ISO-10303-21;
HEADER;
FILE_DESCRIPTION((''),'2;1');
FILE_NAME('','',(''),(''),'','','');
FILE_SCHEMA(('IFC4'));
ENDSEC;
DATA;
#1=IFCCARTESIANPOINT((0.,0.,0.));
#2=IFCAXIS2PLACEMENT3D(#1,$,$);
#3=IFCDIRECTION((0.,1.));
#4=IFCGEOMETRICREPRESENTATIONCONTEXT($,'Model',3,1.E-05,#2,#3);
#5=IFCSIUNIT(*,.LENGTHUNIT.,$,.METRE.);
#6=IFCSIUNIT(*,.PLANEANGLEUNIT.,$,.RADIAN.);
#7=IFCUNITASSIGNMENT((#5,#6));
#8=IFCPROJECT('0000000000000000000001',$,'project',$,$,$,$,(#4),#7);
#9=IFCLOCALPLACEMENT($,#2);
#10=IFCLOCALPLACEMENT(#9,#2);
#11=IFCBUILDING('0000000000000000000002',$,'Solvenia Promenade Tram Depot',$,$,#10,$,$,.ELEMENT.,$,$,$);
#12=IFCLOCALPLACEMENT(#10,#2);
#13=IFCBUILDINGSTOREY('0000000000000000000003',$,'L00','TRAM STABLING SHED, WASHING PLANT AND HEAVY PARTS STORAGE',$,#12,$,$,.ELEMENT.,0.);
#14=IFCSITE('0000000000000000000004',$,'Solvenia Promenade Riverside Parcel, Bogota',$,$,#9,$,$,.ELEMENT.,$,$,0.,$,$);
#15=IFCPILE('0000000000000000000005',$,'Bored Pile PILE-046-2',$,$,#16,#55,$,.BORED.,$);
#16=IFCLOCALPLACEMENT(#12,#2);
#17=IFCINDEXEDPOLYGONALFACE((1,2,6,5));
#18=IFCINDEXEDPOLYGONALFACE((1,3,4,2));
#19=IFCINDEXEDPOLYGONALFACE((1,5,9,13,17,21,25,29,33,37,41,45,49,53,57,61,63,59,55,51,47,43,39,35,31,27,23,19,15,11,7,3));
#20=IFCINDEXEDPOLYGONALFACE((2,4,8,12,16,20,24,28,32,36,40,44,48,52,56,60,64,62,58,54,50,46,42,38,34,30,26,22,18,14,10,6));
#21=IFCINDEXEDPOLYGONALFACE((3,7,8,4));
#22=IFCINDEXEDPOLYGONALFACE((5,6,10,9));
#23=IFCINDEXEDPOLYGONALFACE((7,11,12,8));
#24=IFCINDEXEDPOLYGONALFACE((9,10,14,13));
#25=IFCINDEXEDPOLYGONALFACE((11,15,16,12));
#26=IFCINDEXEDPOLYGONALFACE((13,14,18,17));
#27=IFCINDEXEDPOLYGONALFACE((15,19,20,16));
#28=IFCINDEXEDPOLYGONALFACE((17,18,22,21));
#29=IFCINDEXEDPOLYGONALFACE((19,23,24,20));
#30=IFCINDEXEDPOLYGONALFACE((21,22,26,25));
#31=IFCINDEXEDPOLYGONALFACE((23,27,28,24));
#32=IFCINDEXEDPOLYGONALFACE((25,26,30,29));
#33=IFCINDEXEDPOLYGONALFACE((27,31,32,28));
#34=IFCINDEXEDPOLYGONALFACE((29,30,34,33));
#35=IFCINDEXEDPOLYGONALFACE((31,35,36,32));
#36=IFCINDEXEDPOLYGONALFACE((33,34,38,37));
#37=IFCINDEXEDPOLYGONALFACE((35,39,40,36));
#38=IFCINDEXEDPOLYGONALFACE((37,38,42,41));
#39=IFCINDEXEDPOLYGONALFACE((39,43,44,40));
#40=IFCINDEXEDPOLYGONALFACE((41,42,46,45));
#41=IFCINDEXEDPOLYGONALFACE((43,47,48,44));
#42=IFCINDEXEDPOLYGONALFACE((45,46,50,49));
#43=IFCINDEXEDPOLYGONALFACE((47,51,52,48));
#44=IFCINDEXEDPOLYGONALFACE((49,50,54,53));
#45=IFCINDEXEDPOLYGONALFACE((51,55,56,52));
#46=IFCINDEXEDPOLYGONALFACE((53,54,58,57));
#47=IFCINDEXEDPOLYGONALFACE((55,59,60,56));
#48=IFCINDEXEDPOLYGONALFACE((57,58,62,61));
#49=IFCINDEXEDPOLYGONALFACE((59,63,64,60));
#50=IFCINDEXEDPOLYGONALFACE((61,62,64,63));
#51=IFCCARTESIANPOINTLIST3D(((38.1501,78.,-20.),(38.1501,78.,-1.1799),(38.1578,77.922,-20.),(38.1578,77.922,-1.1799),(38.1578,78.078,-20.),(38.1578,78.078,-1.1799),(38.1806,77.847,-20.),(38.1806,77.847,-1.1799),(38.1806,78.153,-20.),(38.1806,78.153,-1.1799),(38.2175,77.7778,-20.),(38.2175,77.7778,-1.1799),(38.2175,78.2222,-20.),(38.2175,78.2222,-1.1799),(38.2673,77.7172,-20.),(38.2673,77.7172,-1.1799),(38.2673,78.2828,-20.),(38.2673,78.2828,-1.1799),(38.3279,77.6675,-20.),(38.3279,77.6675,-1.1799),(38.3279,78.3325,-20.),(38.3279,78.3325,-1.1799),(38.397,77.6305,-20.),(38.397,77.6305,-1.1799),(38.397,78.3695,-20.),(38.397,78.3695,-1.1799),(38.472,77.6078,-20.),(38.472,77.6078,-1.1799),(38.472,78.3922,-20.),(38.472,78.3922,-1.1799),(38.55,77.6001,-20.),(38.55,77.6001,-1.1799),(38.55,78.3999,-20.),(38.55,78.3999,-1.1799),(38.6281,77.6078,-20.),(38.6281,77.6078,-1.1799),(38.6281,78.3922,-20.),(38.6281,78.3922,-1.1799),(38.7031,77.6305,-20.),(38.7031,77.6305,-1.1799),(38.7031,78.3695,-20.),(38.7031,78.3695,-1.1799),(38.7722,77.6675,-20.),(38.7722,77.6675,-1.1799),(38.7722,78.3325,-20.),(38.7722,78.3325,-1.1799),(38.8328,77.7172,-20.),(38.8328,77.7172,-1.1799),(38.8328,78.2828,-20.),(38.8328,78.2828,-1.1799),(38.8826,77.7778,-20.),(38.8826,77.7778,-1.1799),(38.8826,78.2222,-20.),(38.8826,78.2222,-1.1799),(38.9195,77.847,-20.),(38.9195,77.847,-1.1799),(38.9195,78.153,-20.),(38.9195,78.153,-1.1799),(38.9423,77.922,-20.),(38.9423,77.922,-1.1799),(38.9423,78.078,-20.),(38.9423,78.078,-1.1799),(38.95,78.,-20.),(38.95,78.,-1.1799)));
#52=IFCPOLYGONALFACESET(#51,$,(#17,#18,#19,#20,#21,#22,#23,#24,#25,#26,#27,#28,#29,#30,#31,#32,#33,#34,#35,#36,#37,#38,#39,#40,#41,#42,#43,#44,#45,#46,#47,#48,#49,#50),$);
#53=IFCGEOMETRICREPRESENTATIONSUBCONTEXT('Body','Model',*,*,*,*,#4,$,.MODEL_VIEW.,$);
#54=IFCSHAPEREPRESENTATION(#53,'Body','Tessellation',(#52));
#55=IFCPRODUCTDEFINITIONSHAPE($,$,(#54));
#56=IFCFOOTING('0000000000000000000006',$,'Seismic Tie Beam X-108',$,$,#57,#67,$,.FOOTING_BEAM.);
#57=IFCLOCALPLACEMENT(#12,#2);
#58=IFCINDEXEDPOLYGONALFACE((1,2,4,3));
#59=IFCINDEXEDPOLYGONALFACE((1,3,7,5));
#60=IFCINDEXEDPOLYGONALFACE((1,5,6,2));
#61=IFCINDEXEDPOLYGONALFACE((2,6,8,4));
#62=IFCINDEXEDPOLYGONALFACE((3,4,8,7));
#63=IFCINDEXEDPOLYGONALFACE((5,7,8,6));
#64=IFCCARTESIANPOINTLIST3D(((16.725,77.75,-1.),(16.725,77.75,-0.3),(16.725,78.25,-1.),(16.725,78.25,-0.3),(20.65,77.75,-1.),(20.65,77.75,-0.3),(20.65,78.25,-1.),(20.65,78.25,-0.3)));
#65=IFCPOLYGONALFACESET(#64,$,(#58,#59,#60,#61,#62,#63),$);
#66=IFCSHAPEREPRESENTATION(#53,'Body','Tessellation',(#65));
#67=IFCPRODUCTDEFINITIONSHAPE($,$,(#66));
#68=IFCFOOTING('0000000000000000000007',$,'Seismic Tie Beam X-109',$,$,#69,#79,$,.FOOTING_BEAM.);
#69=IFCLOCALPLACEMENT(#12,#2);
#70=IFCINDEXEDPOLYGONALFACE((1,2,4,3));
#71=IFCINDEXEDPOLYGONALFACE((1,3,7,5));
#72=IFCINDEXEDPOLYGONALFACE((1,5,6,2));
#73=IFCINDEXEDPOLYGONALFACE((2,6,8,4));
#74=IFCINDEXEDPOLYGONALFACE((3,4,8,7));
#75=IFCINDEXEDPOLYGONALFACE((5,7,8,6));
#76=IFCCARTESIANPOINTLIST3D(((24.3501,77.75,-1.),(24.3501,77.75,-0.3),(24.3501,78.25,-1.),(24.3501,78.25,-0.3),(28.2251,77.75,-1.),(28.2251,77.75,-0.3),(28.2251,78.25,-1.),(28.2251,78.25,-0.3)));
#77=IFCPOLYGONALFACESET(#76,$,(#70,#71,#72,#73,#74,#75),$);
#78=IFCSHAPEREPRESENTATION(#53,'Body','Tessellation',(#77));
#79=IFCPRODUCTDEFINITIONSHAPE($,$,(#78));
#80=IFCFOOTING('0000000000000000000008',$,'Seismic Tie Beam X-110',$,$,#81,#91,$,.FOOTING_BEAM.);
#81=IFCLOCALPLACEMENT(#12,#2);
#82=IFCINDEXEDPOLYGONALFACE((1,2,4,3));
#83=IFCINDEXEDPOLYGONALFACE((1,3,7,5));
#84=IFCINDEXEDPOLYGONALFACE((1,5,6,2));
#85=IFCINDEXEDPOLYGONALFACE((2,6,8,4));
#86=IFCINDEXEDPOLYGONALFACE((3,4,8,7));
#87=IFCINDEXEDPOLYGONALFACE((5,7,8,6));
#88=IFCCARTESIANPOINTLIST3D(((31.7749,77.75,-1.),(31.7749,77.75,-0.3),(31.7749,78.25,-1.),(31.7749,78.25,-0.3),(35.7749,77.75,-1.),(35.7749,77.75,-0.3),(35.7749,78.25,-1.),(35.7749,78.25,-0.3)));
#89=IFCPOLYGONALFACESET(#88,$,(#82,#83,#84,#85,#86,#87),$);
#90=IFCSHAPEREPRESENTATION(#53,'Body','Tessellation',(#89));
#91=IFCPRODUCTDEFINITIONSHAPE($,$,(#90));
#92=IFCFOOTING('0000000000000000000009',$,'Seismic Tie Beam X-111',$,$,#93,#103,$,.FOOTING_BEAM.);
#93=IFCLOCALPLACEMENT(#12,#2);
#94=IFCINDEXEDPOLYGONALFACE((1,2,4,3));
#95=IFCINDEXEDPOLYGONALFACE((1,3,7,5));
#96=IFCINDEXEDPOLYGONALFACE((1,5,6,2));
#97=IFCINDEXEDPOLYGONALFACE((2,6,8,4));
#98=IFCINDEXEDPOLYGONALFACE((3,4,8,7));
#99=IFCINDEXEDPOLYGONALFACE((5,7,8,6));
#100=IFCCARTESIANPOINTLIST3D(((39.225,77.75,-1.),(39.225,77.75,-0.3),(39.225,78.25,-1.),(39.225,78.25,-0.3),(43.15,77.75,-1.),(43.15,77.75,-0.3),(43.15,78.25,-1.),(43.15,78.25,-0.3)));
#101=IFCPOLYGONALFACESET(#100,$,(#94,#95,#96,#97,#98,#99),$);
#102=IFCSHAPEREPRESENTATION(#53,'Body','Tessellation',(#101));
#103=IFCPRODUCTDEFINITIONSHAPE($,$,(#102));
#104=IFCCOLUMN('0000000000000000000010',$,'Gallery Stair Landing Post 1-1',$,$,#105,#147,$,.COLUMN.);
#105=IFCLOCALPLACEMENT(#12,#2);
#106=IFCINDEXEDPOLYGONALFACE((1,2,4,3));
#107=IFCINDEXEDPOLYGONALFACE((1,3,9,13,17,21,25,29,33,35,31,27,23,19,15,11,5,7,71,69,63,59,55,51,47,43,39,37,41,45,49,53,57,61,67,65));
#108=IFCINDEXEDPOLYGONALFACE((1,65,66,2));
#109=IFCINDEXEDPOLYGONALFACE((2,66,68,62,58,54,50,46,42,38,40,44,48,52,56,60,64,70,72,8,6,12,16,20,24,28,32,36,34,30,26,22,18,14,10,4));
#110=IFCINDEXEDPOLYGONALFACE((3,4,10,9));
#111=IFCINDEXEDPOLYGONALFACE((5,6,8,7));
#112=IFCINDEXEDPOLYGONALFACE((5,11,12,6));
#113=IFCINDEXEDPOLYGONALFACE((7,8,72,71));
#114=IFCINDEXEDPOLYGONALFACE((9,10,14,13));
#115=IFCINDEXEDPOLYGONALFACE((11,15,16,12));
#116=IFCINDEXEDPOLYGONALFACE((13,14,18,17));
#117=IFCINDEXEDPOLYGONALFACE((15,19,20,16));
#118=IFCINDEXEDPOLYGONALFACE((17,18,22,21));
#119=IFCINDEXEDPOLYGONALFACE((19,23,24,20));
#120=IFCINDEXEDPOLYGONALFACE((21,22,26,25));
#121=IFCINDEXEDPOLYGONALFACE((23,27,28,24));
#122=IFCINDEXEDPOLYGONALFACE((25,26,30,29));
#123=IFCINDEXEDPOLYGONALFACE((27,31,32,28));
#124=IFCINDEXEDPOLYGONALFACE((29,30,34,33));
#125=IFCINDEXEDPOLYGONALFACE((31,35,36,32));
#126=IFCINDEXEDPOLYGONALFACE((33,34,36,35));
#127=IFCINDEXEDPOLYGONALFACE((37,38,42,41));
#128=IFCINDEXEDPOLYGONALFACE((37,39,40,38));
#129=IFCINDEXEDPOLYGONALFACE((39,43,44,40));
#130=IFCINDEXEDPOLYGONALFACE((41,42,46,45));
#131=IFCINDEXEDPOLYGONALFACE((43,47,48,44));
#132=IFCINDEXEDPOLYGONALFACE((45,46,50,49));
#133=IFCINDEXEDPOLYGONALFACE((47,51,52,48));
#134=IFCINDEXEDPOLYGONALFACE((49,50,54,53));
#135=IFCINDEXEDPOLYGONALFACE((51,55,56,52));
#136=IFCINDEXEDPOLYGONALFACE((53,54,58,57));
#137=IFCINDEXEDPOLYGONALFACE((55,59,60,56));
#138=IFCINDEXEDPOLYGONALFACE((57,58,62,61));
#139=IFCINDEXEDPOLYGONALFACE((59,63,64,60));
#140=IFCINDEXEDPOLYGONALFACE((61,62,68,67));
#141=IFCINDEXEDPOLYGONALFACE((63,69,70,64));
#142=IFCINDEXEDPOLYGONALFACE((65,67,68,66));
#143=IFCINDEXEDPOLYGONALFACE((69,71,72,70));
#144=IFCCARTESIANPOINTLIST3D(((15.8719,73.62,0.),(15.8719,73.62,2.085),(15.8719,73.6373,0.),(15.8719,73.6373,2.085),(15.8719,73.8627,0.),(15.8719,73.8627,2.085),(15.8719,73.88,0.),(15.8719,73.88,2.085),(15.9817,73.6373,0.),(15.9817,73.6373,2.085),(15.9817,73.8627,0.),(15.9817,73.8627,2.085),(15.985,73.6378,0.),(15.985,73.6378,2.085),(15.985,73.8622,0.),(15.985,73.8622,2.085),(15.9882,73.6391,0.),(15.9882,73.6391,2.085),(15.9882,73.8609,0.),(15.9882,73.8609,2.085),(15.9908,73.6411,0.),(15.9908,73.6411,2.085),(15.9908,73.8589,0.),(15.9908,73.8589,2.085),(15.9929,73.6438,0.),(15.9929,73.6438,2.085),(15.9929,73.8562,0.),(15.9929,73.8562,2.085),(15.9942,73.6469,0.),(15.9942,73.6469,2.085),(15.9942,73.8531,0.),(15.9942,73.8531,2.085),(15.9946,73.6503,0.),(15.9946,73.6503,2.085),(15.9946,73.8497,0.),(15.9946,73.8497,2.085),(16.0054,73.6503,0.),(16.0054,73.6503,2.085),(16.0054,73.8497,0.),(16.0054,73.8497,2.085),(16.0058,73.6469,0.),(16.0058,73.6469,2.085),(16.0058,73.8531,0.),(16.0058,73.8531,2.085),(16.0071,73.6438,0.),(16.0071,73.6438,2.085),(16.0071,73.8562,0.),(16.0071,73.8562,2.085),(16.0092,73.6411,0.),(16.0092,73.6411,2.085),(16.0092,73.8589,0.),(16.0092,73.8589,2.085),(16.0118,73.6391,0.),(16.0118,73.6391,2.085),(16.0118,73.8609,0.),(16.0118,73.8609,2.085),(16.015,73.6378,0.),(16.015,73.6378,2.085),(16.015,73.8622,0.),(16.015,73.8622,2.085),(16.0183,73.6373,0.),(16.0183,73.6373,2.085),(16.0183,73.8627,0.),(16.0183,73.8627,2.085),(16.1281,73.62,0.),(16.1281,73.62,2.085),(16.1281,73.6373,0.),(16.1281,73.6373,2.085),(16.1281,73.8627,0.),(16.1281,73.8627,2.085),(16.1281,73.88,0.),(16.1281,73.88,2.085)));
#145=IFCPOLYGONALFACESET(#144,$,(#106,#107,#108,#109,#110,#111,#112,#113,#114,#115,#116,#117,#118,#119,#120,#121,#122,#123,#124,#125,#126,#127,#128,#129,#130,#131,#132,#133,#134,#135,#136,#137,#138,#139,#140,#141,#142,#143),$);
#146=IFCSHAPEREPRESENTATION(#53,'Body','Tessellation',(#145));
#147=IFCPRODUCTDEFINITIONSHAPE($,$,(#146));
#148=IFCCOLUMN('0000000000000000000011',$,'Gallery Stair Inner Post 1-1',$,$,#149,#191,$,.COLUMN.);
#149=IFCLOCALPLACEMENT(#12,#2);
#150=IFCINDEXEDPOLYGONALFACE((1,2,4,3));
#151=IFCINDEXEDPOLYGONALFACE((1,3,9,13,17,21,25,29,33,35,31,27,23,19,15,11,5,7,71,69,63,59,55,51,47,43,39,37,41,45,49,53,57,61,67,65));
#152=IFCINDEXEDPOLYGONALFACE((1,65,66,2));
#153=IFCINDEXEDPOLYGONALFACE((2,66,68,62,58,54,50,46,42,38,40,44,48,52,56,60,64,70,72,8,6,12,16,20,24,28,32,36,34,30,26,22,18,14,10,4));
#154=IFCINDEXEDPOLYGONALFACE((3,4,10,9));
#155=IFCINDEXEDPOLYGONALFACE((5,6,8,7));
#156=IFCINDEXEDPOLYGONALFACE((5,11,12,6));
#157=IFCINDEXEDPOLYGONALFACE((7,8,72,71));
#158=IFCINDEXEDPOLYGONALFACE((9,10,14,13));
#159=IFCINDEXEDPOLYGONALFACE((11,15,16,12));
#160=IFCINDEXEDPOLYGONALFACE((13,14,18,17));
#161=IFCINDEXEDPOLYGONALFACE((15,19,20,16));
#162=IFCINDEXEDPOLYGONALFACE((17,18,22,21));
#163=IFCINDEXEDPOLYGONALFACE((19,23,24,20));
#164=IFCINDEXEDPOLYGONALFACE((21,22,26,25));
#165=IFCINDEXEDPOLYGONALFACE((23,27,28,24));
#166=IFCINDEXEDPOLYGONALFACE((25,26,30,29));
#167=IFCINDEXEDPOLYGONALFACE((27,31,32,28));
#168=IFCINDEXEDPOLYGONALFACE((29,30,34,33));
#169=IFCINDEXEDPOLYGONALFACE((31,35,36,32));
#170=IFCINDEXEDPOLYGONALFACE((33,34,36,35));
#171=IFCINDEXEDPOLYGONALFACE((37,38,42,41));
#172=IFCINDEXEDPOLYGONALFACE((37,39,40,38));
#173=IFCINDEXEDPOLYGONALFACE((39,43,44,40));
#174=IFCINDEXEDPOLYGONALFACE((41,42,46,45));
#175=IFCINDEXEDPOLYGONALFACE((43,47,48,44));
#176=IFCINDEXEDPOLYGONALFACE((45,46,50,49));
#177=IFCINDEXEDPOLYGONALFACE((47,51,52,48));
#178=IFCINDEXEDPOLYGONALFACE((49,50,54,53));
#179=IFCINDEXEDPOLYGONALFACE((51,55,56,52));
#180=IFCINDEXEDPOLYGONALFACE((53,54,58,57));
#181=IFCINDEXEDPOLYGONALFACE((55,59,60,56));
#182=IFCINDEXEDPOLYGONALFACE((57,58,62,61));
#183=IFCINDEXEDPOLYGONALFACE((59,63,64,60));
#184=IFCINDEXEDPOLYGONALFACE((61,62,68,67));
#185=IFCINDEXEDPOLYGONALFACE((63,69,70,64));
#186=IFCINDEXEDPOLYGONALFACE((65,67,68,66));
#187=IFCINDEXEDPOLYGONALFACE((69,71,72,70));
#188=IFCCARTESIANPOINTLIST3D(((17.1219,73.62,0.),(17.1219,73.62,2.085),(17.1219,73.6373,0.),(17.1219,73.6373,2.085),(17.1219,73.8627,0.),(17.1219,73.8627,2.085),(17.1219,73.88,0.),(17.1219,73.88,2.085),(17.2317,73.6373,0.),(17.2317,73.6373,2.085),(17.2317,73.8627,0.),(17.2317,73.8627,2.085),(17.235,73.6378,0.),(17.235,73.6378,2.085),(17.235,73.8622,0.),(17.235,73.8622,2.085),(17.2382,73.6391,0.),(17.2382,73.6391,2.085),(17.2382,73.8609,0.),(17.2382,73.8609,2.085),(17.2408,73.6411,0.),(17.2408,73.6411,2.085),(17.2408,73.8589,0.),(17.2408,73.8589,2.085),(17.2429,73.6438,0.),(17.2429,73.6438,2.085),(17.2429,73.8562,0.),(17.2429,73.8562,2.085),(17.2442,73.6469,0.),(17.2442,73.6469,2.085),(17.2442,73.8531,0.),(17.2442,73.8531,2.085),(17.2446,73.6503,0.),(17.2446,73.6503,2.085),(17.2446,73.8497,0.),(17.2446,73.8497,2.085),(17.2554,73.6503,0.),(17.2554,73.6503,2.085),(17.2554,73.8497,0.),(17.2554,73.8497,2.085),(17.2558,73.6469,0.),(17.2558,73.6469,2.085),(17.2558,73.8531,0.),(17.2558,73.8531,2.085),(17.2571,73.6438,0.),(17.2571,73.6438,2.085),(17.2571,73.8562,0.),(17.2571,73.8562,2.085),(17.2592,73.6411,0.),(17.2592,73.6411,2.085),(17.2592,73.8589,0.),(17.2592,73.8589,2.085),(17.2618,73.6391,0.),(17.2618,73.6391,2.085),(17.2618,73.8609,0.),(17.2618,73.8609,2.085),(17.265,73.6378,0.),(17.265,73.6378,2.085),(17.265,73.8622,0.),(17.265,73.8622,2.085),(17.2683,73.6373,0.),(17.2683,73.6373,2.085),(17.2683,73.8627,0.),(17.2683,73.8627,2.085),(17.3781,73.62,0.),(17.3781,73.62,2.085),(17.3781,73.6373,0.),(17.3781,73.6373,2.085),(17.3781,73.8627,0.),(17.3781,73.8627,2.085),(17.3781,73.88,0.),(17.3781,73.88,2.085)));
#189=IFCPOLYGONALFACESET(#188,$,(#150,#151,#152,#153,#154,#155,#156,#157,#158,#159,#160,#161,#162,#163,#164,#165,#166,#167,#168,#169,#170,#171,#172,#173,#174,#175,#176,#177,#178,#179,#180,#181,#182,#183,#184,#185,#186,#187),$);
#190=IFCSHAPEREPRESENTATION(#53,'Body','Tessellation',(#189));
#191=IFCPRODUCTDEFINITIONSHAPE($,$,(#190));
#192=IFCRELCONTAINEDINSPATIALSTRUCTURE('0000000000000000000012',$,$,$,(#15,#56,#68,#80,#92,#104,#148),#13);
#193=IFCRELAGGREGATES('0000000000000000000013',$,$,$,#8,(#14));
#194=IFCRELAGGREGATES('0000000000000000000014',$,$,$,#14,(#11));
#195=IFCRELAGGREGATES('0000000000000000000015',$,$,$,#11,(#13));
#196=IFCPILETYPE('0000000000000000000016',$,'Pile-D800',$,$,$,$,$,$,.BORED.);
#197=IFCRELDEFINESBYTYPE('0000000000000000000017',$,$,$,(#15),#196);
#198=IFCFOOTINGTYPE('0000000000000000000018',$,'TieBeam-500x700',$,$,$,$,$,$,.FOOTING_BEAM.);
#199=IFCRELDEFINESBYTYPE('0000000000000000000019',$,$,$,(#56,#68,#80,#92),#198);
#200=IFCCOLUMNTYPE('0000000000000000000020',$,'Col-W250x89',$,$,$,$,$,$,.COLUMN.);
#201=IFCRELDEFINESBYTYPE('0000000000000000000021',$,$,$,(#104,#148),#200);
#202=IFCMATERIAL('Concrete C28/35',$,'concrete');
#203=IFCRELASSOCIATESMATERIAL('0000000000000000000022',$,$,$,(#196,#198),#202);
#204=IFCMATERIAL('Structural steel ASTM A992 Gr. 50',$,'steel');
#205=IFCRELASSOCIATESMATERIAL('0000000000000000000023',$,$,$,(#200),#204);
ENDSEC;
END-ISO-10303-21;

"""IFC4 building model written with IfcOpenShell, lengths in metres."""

from ifc_helpers import new_model, si_unit, direction, frame, origin, origin_2d, place, context, subcontext, project, spatial, rectangle, circle, i_section, extrude, material, material_profile, profile_set, type_object, element, save


model = new_model("IFC4")

# Units and contexts
model_context = context("Model", 3, precision=1e-05, world=origin(), true_north=direction((0.0, 1.0)))
body_context = subcontext(model_context, "Body", "Model", "MODEL_VIEW")
ifc_project = project(units=[si_unit("LENGTHUNIT", "METRE"), si_unit("PLANEANGLEUNIT", "RADIAN")], contexts=[model_context])

# Site, building, storey
site_placement = place(None, origin())
site = spatial("IfcSite", under=ifc_project, at=site_placement, Name="Solvenia Promenade Riverside Parcel, Bogota", CompositionType="ELEMENT", RefElevation=0.0)
building_placement = place(site_placement, origin())
building = spatial("IfcBuilding", under=site, at=building_placement, Name="Solvenia Promenade Tram Depot", CompositionType="ELEMENT")
storey_placement = place(building_placement, origin())
storey = spatial("IfcBuildingStorey", under=building, at=storey_placement, Name="L00", Description="TRAM STABLING SHED, WASHING PLANT AND HEAVY PARTS STORAGE", CompositionType="ELEMENT", Elevation=0.0)

# Shared definitions
ifc_material_1 = material(Name="Concrete C28/35", Category="concrete")

# Pile
ifc_material_profile_1 = material_profile(ifc_material_1, circle(Radius=0.3999, at=origin_2d()), Name="D800", Category="concrete")
ifc_profile_set_1 = profile_set([ifc_material_profile_1], Name="Concrete C28/35")
pile_type_1 = type_object("IfcPileType", Name="Pile-D800", PredefinedType="BORED", material=ifc_profile_set_1)
for number, where, z_axis, x_axis, name in (
    (1, (38.55, 78.0, -1.1799), (0.0, 0.0, -1.0), (1.0, 0.0, 0.0), "Bored Pile PILE-046-2"),
):
    element("IfcPile", number, at=place(storey_placement, frame(where, z_axis=z_axis, x_axis=x_axis)), inside=storey, type_object=pile_type_1, Name=name, PredefinedType="BORED", context=body_context, shape_type="SweptSolid", body=[
        extrude(circle(Radius=0.3999, at=origin_2d()), origin(), (0.0, 0.0, 1.0), 18.8201),
    ])

# Footings
footing_type_1 = type_object("IfcFootingType", Name="TieBeam-500x700", PredefinedType="FOOTING_BEAM", material=ifc_material_1)
footing_1_placement = place(storey_placement, frame((18.6875, 78.0, -1.0), z_axis=(0.0, 0.0, 1.0), x_axis=(1.0, 0.0, 0.0)))
element("IfcFooting", 2, at=footing_1_placement, inside=storey, type_object=footing_type_1, Name="Seismic Tie Beam X-108", PredefinedType="FOOTING_BEAM", context=body_context, shape_type="SweptSolid", body=[
    extrude(rectangle(XDim=3.925, YDim=0.5, at=origin_2d()), origin(), (0.0, 0.0, 1.0), 0.7),
])
footing_2_placement = place(storey_placement, frame((26.2876, 78.0, -1.0), z_axis=(0.0, 0.0, 1.0), x_axis=(1.0, 0.0, 0.0)))
element("IfcFooting", 3, at=footing_2_placement, inside=storey, type_object=footing_type_1, Name="Seismic Tie Beam X-109", PredefinedType="FOOTING_BEAM", context=body_context, shape_type="SweptSolid", body=[
    extrude(rectangle(XDim=3.875, YDim=0.5, at=origin_2d()), origin(), (0.0, 0.0, 1.0), 0.7),
])
footing_3_placement = place(storey_placement, frame((33.7749, 78.0, -1.0), z_axis=(0.0, 0.0, 1.0), x_axis=(1.0, 0.0, 0.0)))
element("IfcFooting", 4, at=footing_3_placement, inside=storey, type_object=footing_type_1, Name="Seismic Tie Beam X-110", PredefinedType="FOOTING_BEAM", context=body_context, shape_type="SweptSolid", body=[
    extrude(rectangle(XDim=4.0, YDim=0.5, at=origin_2d()), origin(), (0.0, 0.0, 1.0), 0.7),
])
footing_4_placement = place(storey_placement, frame((41.1875, 78.0, -1.0), z_axis=(0.0, 0.0, 1.0), x_axis=(1.0, 0.0, 0.0)))
element("IfcFooting", 5, at=footing_4_placement, inside=storey, type_object=footing_type_1, Name="Seismic Tie Beam X-111", PredefinedType="FOOTING_BEAM", context=body_context, shape_type="SweptSolid", body=[
    extrude(rectangle(XDim=3.925, YDim=0.5, at=origin_2d()), origin(), (0.0, 0.0, 1.0), 0.7),
])

# Columns
ifc_material_2 = material(Name="Structural steel ASTM A992 Gr. 50", Category="steel")
ifc_material_profile_2 = material_profile(ifc_material_2, i_section(OverallWidth=0.2561, OverallDepth=0.26, WebThickness=0.0107, FlangeThickness=0.0173, FilletRadius=0.0129, at=origin_2d()), Name="W250x89", Category="steel")
ifc_profile_set_2 = profile_set([ifc_material_profile_2], Name="Structural steel ASTM A992 Gr. 50")
column_type_1 = type_object("IfcColumnType", Name="Col-W250x89", PredefinedType="COLUMN", material=ifc_profile_set_2)
for number, where, z_axis, x_axis, name in (
    (6, (16.0, 73.75, 0.0), (0.0, 0.0, 1.0), (1.0, 0.0, 0.0), "Gallery Stair Landing Post 1-1"),
    (7, (17.25, 73.75, 0.0), (0.0, 0.0, 1.0), (1.0, 0.0, 0.0), "Gallery Stair Inner Post 1-1"),
):
    element("IfcColumn", number, at=place(storey_placement, frame(where, z_axis=z_axis, x_axis=x_axis)), inside=storey, type_object=column_type_1, Name=name, PredefinedType="COLUMN", context=body_context, shape_type="SweptSolid", body=[
        extrude(i_section(OverallWidth=0.2561, OverallDepth=0.26, WebThickness=0.0107, FlangeThickness=0.0173, FilletRadius=0.0129, at=origin_2d()), origin(), (0.0, 0.0, 1.0), 2.085),
    ])

save(model, "model.ifc")
